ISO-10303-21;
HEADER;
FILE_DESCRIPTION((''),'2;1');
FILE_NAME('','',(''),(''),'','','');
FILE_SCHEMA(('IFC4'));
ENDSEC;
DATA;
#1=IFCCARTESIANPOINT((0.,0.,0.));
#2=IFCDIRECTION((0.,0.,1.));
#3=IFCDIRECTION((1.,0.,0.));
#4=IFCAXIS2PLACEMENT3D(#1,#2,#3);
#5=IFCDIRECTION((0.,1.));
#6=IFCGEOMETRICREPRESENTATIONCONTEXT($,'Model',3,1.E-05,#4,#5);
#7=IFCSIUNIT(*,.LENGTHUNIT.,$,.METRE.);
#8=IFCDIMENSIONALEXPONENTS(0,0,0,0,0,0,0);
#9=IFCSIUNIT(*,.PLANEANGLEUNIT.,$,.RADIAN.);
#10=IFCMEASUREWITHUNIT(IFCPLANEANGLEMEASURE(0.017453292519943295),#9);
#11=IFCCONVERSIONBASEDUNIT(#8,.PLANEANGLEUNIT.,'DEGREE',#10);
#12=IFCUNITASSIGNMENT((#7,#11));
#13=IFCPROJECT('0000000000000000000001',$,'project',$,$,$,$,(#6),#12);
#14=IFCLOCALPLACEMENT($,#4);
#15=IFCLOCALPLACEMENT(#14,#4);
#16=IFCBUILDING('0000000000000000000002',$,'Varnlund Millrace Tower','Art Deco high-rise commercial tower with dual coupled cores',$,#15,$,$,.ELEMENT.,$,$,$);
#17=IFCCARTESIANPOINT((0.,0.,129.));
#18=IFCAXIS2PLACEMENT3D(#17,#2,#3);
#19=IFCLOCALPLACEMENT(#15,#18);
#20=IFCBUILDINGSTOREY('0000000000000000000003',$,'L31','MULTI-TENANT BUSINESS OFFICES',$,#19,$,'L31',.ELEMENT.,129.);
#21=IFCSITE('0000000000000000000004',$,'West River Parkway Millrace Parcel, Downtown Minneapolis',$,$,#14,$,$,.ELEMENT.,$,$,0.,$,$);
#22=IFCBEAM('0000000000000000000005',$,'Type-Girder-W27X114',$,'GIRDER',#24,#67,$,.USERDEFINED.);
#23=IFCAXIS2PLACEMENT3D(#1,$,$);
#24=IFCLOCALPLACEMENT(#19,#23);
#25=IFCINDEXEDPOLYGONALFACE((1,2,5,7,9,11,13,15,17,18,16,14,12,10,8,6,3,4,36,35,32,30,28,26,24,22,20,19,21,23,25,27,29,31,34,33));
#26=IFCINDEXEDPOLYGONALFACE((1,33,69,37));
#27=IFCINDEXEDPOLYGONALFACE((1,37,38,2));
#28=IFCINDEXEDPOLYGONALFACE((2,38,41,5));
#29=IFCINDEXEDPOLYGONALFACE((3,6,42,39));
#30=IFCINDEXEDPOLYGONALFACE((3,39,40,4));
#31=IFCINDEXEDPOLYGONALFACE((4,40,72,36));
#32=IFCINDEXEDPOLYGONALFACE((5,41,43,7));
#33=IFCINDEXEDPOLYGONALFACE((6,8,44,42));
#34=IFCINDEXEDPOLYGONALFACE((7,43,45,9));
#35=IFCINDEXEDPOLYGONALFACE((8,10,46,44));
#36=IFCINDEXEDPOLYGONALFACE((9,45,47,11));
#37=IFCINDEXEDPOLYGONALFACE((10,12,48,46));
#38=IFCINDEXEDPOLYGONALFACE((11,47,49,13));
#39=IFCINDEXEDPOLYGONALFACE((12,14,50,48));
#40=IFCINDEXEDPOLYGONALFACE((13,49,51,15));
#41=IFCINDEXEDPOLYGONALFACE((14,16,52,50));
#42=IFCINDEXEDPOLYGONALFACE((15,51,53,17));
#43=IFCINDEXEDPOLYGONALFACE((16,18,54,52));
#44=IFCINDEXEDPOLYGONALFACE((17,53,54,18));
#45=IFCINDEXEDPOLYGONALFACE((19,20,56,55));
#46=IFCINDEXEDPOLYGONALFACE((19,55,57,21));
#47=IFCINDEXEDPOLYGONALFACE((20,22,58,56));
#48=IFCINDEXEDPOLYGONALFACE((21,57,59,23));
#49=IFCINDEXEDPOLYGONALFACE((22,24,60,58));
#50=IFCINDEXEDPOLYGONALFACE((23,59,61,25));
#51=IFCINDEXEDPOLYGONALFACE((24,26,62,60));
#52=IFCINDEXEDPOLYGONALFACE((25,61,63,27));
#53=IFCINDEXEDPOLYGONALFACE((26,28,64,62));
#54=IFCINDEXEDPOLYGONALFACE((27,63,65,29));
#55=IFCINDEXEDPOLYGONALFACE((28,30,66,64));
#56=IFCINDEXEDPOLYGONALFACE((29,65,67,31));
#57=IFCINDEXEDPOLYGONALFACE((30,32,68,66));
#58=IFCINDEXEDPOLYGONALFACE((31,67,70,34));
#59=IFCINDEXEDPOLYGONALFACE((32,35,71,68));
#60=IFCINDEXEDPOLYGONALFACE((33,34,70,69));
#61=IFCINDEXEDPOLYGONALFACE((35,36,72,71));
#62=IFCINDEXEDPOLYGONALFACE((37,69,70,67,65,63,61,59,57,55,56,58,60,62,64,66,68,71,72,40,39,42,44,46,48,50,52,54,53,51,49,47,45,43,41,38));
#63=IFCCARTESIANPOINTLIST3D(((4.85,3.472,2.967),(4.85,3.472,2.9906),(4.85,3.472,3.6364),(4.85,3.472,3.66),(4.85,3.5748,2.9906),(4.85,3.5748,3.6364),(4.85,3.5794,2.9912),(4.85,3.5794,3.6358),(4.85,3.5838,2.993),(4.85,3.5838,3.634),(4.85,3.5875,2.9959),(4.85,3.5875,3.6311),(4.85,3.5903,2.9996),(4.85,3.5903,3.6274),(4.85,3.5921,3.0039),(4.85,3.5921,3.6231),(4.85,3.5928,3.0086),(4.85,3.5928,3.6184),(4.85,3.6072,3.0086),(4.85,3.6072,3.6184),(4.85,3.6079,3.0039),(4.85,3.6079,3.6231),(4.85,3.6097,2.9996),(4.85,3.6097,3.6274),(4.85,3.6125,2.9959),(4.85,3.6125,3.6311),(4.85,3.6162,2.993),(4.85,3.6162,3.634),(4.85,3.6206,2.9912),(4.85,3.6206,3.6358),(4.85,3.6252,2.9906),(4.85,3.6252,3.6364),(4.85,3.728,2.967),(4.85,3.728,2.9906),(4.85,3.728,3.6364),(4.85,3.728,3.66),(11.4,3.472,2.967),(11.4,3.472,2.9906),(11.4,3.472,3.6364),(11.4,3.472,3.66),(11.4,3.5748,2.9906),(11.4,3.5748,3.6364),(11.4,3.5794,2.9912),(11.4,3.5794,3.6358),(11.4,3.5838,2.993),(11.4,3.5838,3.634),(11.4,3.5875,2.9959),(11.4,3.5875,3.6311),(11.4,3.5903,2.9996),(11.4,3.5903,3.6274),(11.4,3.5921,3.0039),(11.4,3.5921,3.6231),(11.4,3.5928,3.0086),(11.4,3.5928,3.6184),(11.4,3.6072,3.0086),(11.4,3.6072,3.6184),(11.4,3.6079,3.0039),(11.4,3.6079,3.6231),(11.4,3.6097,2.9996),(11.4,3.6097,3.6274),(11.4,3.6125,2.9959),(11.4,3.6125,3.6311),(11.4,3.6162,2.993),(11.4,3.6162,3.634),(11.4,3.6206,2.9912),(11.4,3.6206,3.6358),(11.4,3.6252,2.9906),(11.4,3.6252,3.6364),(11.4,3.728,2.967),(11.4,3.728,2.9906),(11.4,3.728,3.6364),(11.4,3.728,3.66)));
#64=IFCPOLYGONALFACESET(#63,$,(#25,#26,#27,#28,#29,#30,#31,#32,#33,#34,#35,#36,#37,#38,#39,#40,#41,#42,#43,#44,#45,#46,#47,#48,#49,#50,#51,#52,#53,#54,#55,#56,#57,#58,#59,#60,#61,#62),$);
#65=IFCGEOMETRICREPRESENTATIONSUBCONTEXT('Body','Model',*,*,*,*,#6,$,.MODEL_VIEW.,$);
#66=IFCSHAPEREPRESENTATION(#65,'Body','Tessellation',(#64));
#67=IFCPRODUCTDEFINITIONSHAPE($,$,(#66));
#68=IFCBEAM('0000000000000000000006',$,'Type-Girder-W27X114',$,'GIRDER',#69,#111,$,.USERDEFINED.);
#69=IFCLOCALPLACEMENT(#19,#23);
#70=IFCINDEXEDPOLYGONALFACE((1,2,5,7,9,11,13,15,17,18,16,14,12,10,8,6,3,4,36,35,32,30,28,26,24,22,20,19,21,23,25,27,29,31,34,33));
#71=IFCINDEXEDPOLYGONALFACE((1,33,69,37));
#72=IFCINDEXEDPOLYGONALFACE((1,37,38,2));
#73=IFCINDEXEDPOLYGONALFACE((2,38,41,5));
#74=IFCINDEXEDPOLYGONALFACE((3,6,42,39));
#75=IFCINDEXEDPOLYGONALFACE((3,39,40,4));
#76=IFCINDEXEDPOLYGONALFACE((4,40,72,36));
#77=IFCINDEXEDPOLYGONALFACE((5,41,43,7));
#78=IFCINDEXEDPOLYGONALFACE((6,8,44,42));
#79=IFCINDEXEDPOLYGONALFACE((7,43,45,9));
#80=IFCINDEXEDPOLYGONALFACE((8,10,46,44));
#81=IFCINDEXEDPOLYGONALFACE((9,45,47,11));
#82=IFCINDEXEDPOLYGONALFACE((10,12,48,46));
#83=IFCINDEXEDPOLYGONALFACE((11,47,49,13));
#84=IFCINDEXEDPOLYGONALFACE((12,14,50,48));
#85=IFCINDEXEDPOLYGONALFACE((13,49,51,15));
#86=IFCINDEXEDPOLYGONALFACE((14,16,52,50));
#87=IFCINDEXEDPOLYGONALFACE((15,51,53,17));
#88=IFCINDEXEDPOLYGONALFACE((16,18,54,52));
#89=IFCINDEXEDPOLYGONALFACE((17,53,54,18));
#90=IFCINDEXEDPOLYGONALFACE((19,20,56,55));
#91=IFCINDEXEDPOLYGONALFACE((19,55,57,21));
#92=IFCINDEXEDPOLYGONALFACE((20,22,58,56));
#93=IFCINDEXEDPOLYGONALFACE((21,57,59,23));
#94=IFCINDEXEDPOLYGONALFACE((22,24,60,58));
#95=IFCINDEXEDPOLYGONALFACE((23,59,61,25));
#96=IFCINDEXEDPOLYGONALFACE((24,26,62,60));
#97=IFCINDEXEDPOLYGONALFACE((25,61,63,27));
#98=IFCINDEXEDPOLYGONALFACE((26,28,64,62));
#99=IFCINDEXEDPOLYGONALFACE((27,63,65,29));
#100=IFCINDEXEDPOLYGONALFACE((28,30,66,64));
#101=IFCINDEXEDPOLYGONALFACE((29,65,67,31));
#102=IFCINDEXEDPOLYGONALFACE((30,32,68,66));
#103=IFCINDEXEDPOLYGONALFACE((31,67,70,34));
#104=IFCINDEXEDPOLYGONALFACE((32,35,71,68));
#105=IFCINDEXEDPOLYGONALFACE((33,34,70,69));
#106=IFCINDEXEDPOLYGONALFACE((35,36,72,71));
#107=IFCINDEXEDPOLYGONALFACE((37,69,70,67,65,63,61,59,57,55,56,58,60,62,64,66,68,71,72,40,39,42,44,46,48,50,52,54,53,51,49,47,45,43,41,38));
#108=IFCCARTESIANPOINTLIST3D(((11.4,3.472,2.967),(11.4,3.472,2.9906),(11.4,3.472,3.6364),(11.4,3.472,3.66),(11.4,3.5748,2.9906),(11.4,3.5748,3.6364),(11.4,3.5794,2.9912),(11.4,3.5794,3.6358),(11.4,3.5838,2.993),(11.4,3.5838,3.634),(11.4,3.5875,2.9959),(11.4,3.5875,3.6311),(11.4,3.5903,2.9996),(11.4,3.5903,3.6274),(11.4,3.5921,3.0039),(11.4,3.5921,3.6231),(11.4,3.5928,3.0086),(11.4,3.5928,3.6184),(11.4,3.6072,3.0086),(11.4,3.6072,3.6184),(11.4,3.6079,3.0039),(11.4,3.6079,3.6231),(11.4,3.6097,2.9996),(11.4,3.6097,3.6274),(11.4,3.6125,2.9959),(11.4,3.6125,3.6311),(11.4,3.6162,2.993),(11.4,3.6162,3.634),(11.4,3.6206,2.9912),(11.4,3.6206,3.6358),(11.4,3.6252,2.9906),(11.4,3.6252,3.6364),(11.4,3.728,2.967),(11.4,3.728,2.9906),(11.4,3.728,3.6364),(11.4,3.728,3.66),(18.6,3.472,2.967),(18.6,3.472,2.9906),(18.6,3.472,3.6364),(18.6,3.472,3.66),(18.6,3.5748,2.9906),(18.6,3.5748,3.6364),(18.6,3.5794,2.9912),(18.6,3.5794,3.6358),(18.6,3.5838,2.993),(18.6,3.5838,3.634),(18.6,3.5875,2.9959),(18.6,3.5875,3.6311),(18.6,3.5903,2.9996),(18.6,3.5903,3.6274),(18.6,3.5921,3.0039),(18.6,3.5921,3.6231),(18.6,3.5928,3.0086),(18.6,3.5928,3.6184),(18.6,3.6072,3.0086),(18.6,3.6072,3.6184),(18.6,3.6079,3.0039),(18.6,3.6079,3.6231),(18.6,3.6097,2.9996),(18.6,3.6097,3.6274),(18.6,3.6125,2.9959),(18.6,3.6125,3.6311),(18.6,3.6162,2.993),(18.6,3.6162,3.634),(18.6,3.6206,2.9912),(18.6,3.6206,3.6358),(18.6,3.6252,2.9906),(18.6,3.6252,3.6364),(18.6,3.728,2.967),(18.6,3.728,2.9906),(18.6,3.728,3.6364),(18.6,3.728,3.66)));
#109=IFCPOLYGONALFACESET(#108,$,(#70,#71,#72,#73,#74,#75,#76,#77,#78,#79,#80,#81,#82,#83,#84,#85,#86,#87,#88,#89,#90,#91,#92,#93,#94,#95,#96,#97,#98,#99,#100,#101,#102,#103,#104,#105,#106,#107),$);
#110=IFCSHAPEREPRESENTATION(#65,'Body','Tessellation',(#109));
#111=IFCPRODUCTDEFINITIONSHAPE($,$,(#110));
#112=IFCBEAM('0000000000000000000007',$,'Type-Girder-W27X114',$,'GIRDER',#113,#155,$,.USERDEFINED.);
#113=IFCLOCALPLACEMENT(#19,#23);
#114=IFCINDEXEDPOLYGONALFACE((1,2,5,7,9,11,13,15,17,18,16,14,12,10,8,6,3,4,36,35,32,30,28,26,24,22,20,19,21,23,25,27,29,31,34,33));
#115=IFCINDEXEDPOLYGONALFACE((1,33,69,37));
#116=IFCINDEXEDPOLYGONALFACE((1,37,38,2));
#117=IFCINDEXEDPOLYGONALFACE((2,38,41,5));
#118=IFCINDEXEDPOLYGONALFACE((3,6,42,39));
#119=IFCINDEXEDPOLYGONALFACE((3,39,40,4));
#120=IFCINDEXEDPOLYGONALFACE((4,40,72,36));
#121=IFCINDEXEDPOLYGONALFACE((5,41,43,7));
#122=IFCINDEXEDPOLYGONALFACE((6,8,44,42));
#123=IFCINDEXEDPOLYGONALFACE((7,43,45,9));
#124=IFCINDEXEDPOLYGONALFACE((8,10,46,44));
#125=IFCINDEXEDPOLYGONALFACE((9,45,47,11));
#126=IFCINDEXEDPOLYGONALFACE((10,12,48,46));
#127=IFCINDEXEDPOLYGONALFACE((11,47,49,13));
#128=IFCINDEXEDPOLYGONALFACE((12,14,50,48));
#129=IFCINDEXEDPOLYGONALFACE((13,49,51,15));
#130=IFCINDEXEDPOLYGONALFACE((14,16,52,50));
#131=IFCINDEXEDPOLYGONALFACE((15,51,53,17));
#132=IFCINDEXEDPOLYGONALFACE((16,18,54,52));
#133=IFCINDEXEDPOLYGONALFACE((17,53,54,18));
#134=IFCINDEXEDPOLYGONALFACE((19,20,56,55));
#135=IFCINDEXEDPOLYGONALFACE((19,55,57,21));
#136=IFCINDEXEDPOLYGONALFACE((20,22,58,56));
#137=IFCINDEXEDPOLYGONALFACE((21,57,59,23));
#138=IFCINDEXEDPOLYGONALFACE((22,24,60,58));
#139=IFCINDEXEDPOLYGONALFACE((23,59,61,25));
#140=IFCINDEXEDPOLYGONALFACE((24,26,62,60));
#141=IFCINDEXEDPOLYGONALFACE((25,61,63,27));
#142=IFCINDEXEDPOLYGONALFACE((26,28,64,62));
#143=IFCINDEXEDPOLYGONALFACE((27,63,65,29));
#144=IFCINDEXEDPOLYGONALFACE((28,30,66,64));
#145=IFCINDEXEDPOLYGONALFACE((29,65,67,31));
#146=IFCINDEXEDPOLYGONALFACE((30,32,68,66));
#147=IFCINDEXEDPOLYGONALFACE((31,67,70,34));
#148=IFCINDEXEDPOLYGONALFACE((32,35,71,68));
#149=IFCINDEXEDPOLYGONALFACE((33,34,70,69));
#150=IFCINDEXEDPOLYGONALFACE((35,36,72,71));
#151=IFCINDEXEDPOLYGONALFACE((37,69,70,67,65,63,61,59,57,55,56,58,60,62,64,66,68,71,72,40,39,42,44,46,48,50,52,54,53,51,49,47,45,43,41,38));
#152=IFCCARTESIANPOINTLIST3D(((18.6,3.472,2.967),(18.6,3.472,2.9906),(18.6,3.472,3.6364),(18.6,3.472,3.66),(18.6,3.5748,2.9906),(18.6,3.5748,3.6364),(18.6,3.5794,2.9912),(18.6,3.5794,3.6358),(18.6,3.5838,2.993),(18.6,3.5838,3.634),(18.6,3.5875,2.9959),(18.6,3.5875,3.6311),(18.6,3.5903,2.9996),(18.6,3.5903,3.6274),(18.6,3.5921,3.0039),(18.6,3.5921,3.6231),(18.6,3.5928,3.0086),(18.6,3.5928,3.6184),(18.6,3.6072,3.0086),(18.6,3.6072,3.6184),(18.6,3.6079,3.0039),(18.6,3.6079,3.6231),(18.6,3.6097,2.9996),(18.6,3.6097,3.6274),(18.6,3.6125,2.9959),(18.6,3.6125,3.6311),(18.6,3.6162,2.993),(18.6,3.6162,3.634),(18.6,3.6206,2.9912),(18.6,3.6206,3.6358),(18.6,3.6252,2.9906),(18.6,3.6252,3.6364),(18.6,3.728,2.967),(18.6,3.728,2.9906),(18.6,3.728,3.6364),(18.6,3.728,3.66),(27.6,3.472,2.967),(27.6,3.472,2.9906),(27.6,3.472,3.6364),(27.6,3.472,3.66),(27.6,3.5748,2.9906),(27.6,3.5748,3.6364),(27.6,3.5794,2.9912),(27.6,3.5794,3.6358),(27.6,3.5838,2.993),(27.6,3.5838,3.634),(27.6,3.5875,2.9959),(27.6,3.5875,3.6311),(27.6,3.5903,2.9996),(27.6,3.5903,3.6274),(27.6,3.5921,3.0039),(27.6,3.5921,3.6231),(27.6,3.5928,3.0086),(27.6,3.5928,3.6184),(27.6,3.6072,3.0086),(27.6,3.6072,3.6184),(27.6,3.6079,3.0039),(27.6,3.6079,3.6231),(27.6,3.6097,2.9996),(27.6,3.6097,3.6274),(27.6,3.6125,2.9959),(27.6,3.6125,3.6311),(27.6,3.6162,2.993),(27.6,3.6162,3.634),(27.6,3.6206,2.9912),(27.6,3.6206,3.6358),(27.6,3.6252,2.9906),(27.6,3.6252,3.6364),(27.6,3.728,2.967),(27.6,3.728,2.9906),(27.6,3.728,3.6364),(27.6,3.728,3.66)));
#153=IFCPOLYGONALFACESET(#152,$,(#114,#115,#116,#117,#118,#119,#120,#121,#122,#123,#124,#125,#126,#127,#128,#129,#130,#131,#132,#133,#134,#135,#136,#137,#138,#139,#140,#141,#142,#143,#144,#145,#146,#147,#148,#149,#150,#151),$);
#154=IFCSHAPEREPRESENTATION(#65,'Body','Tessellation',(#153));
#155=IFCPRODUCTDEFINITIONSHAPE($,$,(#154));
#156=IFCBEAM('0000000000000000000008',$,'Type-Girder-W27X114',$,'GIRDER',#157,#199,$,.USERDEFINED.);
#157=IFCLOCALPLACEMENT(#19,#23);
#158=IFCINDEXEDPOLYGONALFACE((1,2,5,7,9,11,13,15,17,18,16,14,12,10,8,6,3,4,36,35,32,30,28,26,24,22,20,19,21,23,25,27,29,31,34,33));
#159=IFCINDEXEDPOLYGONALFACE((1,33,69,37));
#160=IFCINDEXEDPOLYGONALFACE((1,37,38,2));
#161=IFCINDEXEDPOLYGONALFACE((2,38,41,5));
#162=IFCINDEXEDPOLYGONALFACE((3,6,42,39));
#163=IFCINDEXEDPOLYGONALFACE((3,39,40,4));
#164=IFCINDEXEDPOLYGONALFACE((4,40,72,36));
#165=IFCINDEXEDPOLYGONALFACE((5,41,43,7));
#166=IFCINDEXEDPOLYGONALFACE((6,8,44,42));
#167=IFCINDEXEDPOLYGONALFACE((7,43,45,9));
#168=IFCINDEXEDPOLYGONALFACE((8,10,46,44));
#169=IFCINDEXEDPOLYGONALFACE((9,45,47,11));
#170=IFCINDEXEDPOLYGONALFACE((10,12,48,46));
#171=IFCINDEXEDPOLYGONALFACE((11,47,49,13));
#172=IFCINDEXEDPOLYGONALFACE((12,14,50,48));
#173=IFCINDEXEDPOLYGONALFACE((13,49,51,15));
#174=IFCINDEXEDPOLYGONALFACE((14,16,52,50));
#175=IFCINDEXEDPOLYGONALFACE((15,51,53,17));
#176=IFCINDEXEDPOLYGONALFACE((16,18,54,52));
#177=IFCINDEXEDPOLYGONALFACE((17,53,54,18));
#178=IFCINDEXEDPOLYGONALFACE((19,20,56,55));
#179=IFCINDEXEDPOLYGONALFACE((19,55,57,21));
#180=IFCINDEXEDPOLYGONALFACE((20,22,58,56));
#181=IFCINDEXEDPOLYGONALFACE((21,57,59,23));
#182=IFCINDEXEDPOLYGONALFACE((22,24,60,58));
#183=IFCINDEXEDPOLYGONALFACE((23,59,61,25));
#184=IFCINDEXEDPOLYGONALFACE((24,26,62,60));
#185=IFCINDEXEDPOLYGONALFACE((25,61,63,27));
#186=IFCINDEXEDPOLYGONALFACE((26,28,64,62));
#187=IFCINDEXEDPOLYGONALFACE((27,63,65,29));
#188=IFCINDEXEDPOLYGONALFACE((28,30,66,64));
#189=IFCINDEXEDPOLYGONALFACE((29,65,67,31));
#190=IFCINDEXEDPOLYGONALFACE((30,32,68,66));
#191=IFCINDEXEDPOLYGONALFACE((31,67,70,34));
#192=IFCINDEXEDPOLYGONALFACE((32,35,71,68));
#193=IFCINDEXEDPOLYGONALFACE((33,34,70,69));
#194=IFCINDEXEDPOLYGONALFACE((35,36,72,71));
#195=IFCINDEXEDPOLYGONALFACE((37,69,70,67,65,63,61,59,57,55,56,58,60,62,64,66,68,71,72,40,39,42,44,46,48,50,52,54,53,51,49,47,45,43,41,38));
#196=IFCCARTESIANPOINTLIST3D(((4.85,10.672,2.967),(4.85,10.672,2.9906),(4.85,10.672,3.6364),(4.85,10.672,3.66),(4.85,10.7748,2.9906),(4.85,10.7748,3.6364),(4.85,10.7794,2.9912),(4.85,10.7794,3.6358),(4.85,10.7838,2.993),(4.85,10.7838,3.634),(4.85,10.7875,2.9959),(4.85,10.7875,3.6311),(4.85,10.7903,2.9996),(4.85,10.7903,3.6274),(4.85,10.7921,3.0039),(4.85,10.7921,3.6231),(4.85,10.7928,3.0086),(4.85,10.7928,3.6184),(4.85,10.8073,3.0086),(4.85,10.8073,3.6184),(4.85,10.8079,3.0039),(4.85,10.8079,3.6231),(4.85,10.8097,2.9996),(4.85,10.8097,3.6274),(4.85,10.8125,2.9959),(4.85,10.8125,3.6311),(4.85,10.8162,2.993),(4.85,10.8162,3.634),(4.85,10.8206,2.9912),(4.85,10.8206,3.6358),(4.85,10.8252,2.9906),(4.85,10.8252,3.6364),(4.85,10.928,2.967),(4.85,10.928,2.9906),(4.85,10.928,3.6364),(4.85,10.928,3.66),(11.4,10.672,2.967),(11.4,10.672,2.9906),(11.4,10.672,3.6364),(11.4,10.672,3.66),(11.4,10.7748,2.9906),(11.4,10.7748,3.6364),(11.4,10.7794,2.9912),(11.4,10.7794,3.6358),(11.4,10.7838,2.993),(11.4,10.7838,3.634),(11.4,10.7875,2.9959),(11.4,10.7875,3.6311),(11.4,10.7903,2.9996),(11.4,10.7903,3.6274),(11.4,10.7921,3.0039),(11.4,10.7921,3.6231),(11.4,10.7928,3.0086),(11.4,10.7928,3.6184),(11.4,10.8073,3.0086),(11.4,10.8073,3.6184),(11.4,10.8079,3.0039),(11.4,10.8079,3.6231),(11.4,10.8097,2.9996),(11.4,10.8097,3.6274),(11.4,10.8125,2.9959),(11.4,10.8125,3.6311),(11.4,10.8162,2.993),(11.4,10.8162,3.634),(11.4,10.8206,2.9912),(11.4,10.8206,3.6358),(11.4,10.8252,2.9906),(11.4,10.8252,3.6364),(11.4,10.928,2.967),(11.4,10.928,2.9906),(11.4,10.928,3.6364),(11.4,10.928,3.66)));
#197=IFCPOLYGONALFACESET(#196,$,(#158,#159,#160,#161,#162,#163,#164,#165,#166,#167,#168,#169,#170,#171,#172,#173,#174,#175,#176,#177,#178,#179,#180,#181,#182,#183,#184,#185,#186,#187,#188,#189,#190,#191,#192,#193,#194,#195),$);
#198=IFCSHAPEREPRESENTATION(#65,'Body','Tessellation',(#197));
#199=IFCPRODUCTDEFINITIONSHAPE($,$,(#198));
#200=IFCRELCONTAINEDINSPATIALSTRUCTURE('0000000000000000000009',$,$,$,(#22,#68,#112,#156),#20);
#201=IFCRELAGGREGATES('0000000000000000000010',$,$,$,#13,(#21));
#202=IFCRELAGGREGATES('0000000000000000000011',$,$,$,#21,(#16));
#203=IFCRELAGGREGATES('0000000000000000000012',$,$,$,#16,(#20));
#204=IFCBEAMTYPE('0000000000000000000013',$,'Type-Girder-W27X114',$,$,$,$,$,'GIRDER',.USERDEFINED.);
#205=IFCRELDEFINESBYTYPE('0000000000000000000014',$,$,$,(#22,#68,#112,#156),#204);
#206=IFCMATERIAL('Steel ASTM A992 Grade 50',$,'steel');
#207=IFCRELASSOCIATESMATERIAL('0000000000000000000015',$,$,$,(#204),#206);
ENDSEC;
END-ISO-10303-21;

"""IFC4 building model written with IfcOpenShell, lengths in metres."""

from ifc_helpers import new_model, entity, si_unit, converted_unit, direction, frame, origin_with_axes, origin_2d_with_axis, place, context, subcontext, project, spatial, i_section, extrude, material, material_profile, profile_set, type_object, element, save


model = new_model("IFC4")

# Units and contexts
model_context = context("Model", 3, precision=1e-05, world=origin_with_axes(), true_north=direction((0.0, 1.0)))
body_context = subcontext(model_context, "Body", "Model", "MODEL_VIEW")
ifc_project = project(units=[si_unit("LENGTHUNIT", "METRE"), converted_unit("PLANEANGLEUNIT", "DEGREE", entity("IfcPlaneAngleMeasure", 0.017453292519943295), si_unit("PLANEANGLEUNIT", "RADIAN"), dimensions=[0, 0, 0, 0, 0, 0, 0])], contexts=[model_context])

# Site, building, storey
site_placement = place(None, origin_with_axes())
site = spatial("IfcSite", under=ifc_project, at=site_placement, Name="West River Parkway Millrace Parcel, Downtown Minneapolis", CompositionType="ELEMENT", RefElevation=0.0)
building_placement = place(site_placement, origin_with_axes())
building = spatial("IfcBuilding", under=site, at=building_placement, Name="Varnlund Millrace Tower", Description="Art Deco high-rise commercial tower with dual coupled cores", CompositionType="ELEMENT")
storey_placement = place(building_placement, frame((0.0, 0.0, 129.0), z_axis=(0.0, 0.0, 1.0), x_axis=(1.0, 0.0, 0.0)))
storey = spatial("IfcBuildingStorey", under=building, at=storey_placement, Name="L31", Description="MULTI-TENANT BUSINESS OFFICES", LongName="L31", CompositionType="ELEMENT", Elevation=129.0)

# Beams
ifc_material_1 = material(Name="Steel ASTM A992 Grade 50", Category="steel")
ifc_material_profile_1 = material_profile(ifc_material_1, i_section(OverallWidth=0.256, OverallDepth=0.693, WebThickness=0.0145, FlangeThickness=0.0236, FilletRadius=0.018, at=origin_2d_with_axis()), Name="Steel ASTM A992 Grade 50")
ifc_profile_set_1 = profile_set([ifc_material_profile_1], Name="Steel ASTM A992 Grade 50")
beam_type_1 = type_object("IfcBeamType", Name="Type-Girder-W27X114", ElementType="GIRDER", PredefinedType="USERDEFINED", material=ifc_profile_set_1)
beam_1_placement = place(storey_placement, frame((4.85, 3.6, 3.3135), z_axis=(1.0, 0.0, 0.0), x_axis=(0.0, 1.0, 0.0)))
element("IfcBeam", 1, at=beam_1_placement, inside=storey, type_object=beam_type_1, Name="Type-Girder-W27X114", ObjectType="GIRDER", PredefinedType="USERDEFINED", context=body_context, shape_type="SweptSolid", body=[
    extrude(i_section(OverallWidth=0.256, OverallDepth=0.693, WebThickness=0.0145, FlangeThickness=0.0236, FilletRadius=0.018, at=origin_2d_with_axis()), origin_with_axes(), (0.0, 0.0, 1.0), 6.55),
])
beam_2_placement = place(storey_placement, frame((11.4, 3.6, 3.3135), z_axis=(1.0, 0.0, 0.0), x_axis=(0.0, 1.0, 0.0)))
element("IfcBeam", 2, at=beam_2_placement, inside=storey, type_object=beam_type_1, Name="Type-Girder-W27X114", ObjectType="GIRDER", PredefinedType="USERDEFINED", context=body_context, shape_type="SweptSolid", body=[
    extrude(i_section(OverallWidth=0.256, OverallDepth=0.693, WebThickness=0.0145, FlangeThickness=0.0236, FilletRadius=0.018, at=origin_2d_with_axis()), origin_with_axes(), (0.0, 0.0, 1.0), 7.2),
])
beam_3_placement = place(storey_placement, frame((18.6, 3.6, 3.3135), z_axis=(1.0, 0.0, 0.0), x_axis=(0.0, 1.0, 0.0)))
element("IfcBeam", 3, at=beam_3_placement, inside=storey, type_object=beam_type_1, Name="Type-Girder-W27X114", ObjectType="GIRDER", PredefinedType="USERDEFINED", context=body_context, shape_type="SweptSolid", body=[
    extrude(i_section(OverallWidth=0.256, OverallDepth=0.693, WebThickness=0.0145, FlangeThickness=0.0236, FilletRadius=0.018, at=origin_2d_with_axis()), origin_with_axes(), (0.0, 0.0, 1.0), 9.0),
])
beam_4_placement = place(storey_placement, frame((4.85, 10.8, 3.3135), z_axis=(1.0, 0.0, 0.0), x_axis=(0.0, 1.0, 0.0)))
element("IfcBeam", 4, at=beam_4_placement, inside=storey, type_object=beam_type_1, Name="Type-Girder-W27X114", ObjectType="GIRDER", PredefinedType="USERDEFINED", context=body_context, shape_type="SweptSolid", body=[
    extrude(i_section(OverallWidth=0.256, OverallDepth=0.693, WebThickness=0.0145, FlangeThickness=0.0236, FilletRadius=0.018, at=origin_2d_with_axis()), origin_with_axes(), (0.0, 0.0, 1.0), 6.55),
])

save(model, "model.ifc")
